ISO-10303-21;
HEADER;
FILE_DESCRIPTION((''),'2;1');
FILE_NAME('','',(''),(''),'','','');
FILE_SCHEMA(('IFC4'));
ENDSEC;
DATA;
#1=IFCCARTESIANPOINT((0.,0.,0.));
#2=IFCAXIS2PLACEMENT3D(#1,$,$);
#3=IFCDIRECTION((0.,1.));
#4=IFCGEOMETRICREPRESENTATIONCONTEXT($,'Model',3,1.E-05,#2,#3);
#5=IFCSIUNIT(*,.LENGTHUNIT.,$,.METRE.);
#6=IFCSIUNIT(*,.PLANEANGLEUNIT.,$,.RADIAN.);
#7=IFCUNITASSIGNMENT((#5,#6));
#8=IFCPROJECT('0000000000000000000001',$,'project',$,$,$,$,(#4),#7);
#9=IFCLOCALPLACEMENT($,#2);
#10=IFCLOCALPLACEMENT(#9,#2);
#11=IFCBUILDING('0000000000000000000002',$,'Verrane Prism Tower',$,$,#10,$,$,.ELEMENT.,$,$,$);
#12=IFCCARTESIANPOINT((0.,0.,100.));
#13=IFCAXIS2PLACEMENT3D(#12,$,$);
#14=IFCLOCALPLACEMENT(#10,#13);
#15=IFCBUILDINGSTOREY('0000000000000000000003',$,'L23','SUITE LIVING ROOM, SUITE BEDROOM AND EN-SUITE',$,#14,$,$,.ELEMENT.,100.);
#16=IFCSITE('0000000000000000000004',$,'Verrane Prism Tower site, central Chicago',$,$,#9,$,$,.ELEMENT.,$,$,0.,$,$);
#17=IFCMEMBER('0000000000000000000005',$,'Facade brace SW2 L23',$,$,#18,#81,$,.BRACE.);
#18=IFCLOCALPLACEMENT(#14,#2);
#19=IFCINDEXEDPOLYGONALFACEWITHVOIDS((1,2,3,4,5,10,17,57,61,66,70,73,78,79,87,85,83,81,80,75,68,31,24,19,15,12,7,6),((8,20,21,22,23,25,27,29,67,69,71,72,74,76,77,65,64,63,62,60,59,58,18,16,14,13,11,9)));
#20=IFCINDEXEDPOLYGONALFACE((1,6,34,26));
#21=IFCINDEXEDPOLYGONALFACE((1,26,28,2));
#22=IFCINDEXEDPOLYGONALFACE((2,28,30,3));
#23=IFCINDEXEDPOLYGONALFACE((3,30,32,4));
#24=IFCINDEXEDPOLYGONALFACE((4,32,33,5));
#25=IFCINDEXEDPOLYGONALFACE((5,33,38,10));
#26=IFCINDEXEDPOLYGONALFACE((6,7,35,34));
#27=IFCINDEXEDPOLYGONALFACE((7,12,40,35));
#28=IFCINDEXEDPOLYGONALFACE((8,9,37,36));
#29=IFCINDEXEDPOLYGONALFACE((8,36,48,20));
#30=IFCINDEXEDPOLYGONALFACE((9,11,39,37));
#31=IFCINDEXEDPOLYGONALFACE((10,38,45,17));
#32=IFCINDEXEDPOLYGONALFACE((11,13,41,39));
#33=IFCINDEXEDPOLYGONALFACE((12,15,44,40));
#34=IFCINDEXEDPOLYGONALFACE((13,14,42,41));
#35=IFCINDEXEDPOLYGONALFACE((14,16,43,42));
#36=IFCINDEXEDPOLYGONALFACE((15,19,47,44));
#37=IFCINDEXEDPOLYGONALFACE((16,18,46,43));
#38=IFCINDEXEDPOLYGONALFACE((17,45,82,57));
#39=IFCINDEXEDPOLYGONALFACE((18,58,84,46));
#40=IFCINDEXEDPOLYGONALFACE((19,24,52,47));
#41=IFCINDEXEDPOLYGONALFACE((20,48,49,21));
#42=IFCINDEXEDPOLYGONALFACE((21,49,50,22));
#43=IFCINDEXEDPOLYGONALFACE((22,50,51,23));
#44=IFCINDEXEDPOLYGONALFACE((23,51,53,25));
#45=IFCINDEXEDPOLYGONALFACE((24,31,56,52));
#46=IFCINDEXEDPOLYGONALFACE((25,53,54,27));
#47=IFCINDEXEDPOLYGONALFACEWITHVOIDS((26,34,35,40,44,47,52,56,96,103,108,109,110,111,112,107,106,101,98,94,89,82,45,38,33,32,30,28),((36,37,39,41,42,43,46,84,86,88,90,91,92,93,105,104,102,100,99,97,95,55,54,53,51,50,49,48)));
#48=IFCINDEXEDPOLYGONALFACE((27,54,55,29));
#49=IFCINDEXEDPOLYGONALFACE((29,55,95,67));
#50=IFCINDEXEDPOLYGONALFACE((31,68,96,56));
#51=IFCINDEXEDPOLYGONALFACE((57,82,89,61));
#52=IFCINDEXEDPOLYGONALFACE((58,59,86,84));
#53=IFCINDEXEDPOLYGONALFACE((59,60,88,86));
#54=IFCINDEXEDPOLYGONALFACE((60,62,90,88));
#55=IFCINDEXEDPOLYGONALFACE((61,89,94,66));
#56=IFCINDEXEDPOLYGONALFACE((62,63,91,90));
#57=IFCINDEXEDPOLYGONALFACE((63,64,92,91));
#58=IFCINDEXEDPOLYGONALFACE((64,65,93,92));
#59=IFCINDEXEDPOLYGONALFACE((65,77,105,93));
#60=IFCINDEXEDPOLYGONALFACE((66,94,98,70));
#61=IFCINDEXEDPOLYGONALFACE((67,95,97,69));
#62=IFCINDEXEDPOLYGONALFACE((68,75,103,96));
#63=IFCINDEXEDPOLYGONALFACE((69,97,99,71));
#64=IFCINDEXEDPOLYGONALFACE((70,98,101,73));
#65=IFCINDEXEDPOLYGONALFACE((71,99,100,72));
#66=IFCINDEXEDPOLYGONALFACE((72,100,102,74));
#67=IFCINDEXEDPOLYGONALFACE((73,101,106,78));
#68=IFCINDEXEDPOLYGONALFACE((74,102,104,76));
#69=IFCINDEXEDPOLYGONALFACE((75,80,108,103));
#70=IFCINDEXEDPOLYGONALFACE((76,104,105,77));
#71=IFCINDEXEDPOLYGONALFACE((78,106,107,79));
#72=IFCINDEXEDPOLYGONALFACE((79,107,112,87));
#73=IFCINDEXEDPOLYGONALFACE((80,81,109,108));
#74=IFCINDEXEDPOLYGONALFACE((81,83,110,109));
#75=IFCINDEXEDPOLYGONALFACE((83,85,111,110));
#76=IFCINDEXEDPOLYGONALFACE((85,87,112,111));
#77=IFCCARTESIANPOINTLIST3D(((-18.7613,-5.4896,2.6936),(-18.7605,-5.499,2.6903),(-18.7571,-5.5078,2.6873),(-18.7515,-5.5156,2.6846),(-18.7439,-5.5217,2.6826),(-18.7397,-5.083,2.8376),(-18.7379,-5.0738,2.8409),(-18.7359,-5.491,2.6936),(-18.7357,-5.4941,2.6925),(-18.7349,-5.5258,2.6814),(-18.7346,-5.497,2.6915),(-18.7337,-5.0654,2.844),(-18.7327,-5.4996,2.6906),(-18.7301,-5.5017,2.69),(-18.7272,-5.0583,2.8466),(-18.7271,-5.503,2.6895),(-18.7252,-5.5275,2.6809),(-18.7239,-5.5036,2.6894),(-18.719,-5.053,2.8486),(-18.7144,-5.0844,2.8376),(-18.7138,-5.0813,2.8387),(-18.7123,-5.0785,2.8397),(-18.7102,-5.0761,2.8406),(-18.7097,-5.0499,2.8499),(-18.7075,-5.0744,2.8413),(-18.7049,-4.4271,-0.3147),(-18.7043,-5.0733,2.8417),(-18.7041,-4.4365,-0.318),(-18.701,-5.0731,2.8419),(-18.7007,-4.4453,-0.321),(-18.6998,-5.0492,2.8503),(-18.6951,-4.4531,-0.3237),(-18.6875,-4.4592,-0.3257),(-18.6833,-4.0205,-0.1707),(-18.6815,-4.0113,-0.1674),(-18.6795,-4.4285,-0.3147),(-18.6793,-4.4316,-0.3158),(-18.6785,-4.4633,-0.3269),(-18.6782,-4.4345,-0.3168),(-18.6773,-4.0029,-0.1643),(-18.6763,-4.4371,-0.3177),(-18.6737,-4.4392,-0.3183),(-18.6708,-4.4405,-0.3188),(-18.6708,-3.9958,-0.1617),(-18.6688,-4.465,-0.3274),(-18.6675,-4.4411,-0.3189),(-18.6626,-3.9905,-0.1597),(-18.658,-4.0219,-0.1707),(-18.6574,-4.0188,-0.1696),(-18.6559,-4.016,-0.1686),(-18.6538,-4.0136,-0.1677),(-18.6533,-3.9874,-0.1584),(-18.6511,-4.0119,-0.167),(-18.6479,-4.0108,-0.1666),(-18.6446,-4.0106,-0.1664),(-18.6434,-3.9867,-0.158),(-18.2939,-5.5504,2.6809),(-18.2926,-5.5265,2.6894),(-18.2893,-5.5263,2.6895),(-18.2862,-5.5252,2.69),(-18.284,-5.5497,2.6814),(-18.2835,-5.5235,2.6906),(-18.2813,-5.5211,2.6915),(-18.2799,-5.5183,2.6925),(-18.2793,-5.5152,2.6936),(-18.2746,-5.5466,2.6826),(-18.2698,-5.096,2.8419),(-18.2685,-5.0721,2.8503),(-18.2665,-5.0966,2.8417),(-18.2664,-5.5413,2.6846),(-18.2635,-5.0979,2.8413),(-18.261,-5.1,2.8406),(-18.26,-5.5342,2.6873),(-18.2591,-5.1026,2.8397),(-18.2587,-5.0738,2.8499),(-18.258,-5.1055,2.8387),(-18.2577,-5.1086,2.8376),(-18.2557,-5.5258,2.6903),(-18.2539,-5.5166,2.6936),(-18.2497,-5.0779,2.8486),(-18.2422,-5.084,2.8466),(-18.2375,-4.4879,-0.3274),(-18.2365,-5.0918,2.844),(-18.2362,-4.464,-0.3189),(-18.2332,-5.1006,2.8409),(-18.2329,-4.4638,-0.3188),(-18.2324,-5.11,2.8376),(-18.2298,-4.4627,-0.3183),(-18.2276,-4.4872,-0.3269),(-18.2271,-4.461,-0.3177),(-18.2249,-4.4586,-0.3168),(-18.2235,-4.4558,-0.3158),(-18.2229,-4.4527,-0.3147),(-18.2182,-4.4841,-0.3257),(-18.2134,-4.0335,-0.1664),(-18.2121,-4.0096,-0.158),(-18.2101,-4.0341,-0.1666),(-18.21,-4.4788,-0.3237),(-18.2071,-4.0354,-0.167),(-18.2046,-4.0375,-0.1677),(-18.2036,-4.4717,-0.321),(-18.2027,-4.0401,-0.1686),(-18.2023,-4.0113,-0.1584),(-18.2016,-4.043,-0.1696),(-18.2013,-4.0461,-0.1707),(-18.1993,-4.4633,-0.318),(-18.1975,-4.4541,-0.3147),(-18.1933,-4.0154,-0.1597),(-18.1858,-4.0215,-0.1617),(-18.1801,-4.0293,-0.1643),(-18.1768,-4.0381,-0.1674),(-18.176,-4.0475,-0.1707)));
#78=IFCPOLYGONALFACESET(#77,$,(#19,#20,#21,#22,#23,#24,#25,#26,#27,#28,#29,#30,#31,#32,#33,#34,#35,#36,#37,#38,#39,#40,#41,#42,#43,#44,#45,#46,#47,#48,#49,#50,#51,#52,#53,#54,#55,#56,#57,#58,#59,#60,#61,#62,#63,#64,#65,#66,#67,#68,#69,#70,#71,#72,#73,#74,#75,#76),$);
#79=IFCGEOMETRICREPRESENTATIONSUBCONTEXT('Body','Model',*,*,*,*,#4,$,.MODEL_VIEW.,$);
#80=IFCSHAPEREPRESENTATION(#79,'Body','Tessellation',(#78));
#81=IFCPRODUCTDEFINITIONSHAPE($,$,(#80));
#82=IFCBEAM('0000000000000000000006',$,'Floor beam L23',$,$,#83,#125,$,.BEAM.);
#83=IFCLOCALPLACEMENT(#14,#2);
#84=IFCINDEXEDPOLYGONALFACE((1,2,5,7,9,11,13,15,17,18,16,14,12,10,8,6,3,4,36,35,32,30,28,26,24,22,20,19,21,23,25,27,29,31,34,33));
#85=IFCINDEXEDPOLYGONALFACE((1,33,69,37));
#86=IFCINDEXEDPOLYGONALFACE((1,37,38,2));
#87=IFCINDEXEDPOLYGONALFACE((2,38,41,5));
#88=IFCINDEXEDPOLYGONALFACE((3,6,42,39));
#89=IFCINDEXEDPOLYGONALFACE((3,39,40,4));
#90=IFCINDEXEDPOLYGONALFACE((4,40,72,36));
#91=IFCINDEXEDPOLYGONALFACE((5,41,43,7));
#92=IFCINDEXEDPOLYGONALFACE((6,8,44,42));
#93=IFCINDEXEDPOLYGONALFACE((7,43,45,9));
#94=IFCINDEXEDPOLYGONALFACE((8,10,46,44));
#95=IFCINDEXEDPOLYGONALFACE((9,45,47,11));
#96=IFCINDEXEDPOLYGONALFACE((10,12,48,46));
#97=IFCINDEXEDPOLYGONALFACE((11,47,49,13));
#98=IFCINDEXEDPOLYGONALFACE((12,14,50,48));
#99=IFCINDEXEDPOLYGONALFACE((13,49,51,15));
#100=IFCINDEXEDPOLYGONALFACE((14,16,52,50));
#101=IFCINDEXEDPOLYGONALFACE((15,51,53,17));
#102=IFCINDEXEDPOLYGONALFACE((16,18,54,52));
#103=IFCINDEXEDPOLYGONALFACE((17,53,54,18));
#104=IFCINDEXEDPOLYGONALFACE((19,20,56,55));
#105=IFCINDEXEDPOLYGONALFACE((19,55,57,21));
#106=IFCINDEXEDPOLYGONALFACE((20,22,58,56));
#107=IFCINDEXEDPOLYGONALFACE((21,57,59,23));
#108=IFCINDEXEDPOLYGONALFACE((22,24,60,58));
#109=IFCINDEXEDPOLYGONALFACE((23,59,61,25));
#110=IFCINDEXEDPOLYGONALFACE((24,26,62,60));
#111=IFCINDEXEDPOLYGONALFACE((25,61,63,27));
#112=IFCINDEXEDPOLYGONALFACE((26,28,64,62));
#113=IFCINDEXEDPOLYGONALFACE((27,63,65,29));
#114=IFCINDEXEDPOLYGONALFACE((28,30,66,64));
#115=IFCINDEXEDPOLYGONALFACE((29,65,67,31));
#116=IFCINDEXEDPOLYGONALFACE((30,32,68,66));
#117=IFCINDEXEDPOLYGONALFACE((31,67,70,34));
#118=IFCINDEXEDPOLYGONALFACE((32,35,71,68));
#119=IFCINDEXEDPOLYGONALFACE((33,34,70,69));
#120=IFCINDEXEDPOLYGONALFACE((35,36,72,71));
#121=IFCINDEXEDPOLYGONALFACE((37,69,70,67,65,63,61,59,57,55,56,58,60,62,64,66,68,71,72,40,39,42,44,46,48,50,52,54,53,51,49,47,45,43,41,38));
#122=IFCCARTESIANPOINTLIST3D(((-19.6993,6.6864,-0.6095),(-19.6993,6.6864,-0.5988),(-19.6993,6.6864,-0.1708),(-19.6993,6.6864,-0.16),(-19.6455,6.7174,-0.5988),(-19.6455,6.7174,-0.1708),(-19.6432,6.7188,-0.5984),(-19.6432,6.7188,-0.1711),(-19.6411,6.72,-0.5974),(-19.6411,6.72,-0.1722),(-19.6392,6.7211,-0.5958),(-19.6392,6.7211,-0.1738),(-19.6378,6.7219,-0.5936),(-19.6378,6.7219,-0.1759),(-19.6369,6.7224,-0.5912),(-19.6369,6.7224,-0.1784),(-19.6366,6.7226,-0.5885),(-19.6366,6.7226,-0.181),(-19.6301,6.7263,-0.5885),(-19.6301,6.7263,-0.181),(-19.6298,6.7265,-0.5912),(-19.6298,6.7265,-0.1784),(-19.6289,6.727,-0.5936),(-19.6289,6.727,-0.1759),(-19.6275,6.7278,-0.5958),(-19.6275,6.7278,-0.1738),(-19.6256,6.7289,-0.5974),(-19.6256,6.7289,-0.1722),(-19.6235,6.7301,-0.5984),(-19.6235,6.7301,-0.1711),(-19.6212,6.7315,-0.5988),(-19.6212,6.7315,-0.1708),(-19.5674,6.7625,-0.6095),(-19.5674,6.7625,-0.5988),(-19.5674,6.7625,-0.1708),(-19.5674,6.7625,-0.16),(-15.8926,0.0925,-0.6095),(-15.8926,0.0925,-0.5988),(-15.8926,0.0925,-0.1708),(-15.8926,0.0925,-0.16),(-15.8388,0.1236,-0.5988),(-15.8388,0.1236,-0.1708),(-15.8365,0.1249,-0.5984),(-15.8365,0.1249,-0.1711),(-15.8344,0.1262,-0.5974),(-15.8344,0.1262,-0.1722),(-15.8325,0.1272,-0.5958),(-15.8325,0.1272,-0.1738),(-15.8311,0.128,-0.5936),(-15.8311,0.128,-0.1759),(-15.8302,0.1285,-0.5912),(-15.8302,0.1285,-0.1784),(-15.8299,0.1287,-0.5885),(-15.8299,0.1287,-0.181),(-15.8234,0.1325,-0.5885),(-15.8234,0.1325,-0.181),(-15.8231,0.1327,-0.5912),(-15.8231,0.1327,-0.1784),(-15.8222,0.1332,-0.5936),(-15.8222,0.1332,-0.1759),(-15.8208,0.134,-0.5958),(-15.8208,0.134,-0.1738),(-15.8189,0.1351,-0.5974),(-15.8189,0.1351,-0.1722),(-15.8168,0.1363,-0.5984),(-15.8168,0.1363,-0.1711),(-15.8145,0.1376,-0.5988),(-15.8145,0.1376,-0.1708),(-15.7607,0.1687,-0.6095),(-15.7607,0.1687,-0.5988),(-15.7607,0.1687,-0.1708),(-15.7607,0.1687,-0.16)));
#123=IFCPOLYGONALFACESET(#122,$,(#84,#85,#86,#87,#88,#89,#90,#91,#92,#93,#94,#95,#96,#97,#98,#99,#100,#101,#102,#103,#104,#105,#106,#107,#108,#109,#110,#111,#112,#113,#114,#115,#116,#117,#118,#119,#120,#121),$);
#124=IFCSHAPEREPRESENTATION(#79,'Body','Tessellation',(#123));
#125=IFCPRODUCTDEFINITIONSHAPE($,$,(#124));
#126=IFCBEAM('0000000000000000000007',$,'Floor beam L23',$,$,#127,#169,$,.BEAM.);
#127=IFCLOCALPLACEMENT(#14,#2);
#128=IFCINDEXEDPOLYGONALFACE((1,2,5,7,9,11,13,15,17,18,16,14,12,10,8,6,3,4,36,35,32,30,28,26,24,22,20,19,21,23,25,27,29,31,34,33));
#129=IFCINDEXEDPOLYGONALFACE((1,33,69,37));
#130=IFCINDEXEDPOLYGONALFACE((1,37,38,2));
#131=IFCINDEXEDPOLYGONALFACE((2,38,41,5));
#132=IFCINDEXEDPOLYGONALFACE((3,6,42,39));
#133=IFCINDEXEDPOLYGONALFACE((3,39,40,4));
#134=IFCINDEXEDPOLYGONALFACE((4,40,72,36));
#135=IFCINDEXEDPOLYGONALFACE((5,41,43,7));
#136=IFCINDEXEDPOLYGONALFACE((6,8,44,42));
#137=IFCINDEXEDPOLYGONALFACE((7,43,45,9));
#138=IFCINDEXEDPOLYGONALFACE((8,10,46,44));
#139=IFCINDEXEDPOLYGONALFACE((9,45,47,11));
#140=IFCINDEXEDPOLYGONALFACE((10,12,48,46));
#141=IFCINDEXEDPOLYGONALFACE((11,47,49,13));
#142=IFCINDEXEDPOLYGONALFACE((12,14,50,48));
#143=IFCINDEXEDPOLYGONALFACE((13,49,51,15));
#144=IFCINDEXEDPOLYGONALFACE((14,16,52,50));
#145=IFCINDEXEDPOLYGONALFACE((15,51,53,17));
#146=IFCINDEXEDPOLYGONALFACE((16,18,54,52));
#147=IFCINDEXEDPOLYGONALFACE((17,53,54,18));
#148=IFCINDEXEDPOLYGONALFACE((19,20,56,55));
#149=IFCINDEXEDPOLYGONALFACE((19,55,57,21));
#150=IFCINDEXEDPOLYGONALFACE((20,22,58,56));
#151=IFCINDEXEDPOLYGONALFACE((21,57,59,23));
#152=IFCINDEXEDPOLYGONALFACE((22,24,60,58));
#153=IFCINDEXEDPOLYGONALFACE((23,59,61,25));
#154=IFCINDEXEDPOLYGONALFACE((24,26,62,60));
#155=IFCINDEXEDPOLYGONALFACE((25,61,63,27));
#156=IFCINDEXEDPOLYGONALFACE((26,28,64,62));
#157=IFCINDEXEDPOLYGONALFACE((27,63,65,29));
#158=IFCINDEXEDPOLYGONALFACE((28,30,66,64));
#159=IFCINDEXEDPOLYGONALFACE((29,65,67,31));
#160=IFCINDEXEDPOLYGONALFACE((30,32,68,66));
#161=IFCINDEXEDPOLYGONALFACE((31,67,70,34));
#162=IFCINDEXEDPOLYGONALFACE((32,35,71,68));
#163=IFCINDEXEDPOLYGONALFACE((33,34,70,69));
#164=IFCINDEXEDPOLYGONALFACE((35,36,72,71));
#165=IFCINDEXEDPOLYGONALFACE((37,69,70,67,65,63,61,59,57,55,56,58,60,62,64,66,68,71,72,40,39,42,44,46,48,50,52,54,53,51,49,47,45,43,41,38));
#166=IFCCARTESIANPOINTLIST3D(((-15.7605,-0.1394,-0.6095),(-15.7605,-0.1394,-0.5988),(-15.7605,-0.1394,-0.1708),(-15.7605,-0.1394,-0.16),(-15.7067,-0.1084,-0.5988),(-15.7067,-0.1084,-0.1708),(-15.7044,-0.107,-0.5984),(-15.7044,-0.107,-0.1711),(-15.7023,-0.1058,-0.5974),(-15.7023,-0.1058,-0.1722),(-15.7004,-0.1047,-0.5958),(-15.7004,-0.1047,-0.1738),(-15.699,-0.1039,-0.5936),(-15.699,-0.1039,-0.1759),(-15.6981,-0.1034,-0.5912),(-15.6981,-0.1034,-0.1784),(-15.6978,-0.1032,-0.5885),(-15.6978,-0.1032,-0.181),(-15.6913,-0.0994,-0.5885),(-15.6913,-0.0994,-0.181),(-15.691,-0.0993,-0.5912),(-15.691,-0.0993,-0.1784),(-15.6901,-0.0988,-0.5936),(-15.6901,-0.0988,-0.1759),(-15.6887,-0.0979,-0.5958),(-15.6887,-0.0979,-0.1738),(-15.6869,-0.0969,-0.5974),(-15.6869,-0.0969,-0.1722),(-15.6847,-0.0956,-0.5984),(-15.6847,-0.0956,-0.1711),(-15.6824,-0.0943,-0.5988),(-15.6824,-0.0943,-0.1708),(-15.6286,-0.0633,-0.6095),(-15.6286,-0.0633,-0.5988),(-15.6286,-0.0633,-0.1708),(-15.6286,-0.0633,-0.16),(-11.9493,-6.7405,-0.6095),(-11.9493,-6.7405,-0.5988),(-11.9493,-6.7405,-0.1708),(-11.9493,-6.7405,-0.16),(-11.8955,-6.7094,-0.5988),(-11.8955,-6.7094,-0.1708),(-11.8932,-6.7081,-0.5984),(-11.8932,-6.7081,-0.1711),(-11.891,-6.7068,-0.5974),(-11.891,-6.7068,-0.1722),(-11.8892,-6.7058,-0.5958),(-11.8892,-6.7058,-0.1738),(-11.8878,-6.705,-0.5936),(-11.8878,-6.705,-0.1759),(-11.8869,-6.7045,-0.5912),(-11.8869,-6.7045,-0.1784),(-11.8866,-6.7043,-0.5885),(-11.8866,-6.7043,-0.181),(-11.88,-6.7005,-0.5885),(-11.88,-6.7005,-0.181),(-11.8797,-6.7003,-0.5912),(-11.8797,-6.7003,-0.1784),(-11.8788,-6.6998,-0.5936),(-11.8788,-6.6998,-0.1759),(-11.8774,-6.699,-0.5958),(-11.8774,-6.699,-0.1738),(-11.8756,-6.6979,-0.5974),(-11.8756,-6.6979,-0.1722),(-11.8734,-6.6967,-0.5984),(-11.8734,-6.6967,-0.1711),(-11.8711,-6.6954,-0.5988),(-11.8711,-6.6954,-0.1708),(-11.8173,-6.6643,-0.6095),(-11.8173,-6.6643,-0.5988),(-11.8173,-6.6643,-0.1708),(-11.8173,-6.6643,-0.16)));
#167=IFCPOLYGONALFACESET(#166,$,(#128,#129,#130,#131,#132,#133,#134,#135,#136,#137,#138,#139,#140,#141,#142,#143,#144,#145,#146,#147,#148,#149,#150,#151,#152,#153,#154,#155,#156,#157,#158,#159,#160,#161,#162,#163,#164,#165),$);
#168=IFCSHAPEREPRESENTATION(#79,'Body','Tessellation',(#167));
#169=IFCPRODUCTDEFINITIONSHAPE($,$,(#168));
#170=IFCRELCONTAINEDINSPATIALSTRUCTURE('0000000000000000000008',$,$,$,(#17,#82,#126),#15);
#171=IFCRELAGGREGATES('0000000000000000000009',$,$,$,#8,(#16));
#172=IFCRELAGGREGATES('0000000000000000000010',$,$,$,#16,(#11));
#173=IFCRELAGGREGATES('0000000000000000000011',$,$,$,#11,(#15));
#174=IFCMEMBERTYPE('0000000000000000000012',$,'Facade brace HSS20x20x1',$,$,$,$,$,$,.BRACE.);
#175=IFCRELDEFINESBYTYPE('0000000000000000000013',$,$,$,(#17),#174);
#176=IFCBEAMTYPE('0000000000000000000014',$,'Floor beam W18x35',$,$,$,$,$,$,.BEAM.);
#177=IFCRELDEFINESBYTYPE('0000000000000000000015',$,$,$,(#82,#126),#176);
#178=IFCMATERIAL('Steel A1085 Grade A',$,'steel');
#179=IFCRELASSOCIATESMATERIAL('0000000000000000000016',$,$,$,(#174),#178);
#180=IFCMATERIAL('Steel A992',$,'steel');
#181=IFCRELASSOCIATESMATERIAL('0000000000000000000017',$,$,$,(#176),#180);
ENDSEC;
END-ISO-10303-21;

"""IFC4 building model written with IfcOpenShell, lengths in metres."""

from ifc_helpers import new_model, si_unit, direction, frame, origin, origin_2d, place, context, subcontext, project, spatial, hollow_rectangle, i_section, extrude, material, material_profile, profile_set, type_object, element, save


model = new_model("IFC4")

# Units and contexts
model_context = context("Model", 3, precision=1e-05, world=origin(), true_north=direction((0.0, 1.0)))
body_context = subcontext(model_context, "Body", "Model", "MODEL_VIEW")
ifc_project = project(units=[si_unit("LENGTHUNIT", "METRE"), si_unit("PLANEANGLEUNIT", "RADIAN")], contexts=[model_context])

# Site, building, storey
site_placement = place(None, origin())
site = spatial("IfcSite", under=ifc_project, at=site_placement, Name="Verrane Prism Tower site, central Chicago", CompositionType="ELEMENT", RefElevation=0.0)
building_placement = place(site_placement, origin())
building = spatial("IfcBuilding", under=site, at=building_placement, Name="Verrane Prism Tower", CompositionType="ELEMENT")
storey_placement = place(building_placement, frame((0.0, 0.0, 100.0)))
storey = spatial("IfcBuildingStorey", under=building, at=storey_placement, Name="L23", Description="SUITE LIVING ROOM, SUITE BEDROOM AND EN-SUITE", CompositionType="ELEMENT", Elevation=100.0)

# Member
ifc_material_1 = material(Name="Steel A1085 Grade A", Category="steel")
ifc_material_profile_1 = material_profile(ifc_material_1, hollow_rectangle(XDim=0.5081, YDim=0.5081, WallThickness=0.0254, InnerFilletRadius=0.0127, OuterFilletRadius=0.0381, at=origin_2d()), Name="HSS20x20x1")
ifc_profile_set_1 = profile_set([ifc_material_profile_1], Name="Steel A1085 Grade A")
member_type_1 = type_object("IfcMemberType", Name="Facade brace HSS20x20x1", PredefinedType="BRACE", material=ifc_profile_set_1)
member_1_placement = place(storey_placement, frame((-18.4404, -4.2373, -0.2427), z_axis=(-0.017674, -0.332976, 0.94277), x_axis=(0.998594, -0.053004, 0.0)))
element("IfcMember", 1, at=member_1_placement, inside=storey, type_object=member_type_1, Name="Facade brace SW2 L23", PredefinedType="BRACE", context=body_context, shape_type="SweptSolid", body=[
    extrude(hollow_rectangle(XDim=0.5081, YDim=0.5081, WallThickness=0.0254, InnerFilletRadius=0.0127, OuterFilletRadius=0.0381, at=origin_2d()), origin(), (0.0, 0.0, 1.0), 3.1909),
])

# Beams
ifc_material_2 = material(Name="Steel A992", Category="steel")
ifc_material_profile_2 = material_profile(ifc_material_2, i_section(OverallWidth=0.1523, OverallDepth=0.4495, WebThickness=0.0076, FlangeThickness=0.0107, FilletRadius=0.0103, at=origin_2d()), Name="W18x35")
ifc_profile_set_2 = profile_set([ifc_material_profile_2], Name="Steel A992")
beam_type_1 = type_object("IfcBeamType", Name="Floor beam W18x35", PredefinedType="BEAM", material=ifc_profile_set_2)
beam_1_placement = place(storey_placement, frame((-15.8267, 0.1306, -0.3848), z_axis=(-0.499974, 0.86604, 0.0), x_axis=(-0.86604, -0.499974, 0.0)))
element("IfcBeam", 2, at=beam_1_placement, inside=storey, type_object=beam_type_1, Name="Floor beam L23", PredefinedType="BEAM", context=body_context, shape_type="SweptSolid", body=[
    extrude(i_section(OverallWidth=0.1523, OverallDepth=0.4495, WebThickness=0.0076, FlangeThickness=0.0107, FilletRadius=0.0103, at=origin_2d()), origin(), (0.0, 0.0, 1.0), 7.6138),
])
beam_2_placement = place(storey_placement, frame((-11.8833, -6.7024, -0.3848), z_axis=(-0.500014, 0.866017, 0.0), x_axis=(-0.866017, -0.500014, 0.0)))
element("IfcBeam", 3, at=beam_2_placement, inside=storey, type_object=beam_type_1, Name="Floor beam L23", PredefinedType="BEAM", context=body_context, shape_type="SweptSolid", body=[
    extrude(i_section(OverallWidth=0.1523, OverallDepth=0.4495, WebThickness=0.0076, FlangeThickness=0.0107, FilletRadius=0.0103, at=origin_2d()), origin(), (0.0, 0.0, 1.0), 7.6223),
])

save(model, "model.ifc")
